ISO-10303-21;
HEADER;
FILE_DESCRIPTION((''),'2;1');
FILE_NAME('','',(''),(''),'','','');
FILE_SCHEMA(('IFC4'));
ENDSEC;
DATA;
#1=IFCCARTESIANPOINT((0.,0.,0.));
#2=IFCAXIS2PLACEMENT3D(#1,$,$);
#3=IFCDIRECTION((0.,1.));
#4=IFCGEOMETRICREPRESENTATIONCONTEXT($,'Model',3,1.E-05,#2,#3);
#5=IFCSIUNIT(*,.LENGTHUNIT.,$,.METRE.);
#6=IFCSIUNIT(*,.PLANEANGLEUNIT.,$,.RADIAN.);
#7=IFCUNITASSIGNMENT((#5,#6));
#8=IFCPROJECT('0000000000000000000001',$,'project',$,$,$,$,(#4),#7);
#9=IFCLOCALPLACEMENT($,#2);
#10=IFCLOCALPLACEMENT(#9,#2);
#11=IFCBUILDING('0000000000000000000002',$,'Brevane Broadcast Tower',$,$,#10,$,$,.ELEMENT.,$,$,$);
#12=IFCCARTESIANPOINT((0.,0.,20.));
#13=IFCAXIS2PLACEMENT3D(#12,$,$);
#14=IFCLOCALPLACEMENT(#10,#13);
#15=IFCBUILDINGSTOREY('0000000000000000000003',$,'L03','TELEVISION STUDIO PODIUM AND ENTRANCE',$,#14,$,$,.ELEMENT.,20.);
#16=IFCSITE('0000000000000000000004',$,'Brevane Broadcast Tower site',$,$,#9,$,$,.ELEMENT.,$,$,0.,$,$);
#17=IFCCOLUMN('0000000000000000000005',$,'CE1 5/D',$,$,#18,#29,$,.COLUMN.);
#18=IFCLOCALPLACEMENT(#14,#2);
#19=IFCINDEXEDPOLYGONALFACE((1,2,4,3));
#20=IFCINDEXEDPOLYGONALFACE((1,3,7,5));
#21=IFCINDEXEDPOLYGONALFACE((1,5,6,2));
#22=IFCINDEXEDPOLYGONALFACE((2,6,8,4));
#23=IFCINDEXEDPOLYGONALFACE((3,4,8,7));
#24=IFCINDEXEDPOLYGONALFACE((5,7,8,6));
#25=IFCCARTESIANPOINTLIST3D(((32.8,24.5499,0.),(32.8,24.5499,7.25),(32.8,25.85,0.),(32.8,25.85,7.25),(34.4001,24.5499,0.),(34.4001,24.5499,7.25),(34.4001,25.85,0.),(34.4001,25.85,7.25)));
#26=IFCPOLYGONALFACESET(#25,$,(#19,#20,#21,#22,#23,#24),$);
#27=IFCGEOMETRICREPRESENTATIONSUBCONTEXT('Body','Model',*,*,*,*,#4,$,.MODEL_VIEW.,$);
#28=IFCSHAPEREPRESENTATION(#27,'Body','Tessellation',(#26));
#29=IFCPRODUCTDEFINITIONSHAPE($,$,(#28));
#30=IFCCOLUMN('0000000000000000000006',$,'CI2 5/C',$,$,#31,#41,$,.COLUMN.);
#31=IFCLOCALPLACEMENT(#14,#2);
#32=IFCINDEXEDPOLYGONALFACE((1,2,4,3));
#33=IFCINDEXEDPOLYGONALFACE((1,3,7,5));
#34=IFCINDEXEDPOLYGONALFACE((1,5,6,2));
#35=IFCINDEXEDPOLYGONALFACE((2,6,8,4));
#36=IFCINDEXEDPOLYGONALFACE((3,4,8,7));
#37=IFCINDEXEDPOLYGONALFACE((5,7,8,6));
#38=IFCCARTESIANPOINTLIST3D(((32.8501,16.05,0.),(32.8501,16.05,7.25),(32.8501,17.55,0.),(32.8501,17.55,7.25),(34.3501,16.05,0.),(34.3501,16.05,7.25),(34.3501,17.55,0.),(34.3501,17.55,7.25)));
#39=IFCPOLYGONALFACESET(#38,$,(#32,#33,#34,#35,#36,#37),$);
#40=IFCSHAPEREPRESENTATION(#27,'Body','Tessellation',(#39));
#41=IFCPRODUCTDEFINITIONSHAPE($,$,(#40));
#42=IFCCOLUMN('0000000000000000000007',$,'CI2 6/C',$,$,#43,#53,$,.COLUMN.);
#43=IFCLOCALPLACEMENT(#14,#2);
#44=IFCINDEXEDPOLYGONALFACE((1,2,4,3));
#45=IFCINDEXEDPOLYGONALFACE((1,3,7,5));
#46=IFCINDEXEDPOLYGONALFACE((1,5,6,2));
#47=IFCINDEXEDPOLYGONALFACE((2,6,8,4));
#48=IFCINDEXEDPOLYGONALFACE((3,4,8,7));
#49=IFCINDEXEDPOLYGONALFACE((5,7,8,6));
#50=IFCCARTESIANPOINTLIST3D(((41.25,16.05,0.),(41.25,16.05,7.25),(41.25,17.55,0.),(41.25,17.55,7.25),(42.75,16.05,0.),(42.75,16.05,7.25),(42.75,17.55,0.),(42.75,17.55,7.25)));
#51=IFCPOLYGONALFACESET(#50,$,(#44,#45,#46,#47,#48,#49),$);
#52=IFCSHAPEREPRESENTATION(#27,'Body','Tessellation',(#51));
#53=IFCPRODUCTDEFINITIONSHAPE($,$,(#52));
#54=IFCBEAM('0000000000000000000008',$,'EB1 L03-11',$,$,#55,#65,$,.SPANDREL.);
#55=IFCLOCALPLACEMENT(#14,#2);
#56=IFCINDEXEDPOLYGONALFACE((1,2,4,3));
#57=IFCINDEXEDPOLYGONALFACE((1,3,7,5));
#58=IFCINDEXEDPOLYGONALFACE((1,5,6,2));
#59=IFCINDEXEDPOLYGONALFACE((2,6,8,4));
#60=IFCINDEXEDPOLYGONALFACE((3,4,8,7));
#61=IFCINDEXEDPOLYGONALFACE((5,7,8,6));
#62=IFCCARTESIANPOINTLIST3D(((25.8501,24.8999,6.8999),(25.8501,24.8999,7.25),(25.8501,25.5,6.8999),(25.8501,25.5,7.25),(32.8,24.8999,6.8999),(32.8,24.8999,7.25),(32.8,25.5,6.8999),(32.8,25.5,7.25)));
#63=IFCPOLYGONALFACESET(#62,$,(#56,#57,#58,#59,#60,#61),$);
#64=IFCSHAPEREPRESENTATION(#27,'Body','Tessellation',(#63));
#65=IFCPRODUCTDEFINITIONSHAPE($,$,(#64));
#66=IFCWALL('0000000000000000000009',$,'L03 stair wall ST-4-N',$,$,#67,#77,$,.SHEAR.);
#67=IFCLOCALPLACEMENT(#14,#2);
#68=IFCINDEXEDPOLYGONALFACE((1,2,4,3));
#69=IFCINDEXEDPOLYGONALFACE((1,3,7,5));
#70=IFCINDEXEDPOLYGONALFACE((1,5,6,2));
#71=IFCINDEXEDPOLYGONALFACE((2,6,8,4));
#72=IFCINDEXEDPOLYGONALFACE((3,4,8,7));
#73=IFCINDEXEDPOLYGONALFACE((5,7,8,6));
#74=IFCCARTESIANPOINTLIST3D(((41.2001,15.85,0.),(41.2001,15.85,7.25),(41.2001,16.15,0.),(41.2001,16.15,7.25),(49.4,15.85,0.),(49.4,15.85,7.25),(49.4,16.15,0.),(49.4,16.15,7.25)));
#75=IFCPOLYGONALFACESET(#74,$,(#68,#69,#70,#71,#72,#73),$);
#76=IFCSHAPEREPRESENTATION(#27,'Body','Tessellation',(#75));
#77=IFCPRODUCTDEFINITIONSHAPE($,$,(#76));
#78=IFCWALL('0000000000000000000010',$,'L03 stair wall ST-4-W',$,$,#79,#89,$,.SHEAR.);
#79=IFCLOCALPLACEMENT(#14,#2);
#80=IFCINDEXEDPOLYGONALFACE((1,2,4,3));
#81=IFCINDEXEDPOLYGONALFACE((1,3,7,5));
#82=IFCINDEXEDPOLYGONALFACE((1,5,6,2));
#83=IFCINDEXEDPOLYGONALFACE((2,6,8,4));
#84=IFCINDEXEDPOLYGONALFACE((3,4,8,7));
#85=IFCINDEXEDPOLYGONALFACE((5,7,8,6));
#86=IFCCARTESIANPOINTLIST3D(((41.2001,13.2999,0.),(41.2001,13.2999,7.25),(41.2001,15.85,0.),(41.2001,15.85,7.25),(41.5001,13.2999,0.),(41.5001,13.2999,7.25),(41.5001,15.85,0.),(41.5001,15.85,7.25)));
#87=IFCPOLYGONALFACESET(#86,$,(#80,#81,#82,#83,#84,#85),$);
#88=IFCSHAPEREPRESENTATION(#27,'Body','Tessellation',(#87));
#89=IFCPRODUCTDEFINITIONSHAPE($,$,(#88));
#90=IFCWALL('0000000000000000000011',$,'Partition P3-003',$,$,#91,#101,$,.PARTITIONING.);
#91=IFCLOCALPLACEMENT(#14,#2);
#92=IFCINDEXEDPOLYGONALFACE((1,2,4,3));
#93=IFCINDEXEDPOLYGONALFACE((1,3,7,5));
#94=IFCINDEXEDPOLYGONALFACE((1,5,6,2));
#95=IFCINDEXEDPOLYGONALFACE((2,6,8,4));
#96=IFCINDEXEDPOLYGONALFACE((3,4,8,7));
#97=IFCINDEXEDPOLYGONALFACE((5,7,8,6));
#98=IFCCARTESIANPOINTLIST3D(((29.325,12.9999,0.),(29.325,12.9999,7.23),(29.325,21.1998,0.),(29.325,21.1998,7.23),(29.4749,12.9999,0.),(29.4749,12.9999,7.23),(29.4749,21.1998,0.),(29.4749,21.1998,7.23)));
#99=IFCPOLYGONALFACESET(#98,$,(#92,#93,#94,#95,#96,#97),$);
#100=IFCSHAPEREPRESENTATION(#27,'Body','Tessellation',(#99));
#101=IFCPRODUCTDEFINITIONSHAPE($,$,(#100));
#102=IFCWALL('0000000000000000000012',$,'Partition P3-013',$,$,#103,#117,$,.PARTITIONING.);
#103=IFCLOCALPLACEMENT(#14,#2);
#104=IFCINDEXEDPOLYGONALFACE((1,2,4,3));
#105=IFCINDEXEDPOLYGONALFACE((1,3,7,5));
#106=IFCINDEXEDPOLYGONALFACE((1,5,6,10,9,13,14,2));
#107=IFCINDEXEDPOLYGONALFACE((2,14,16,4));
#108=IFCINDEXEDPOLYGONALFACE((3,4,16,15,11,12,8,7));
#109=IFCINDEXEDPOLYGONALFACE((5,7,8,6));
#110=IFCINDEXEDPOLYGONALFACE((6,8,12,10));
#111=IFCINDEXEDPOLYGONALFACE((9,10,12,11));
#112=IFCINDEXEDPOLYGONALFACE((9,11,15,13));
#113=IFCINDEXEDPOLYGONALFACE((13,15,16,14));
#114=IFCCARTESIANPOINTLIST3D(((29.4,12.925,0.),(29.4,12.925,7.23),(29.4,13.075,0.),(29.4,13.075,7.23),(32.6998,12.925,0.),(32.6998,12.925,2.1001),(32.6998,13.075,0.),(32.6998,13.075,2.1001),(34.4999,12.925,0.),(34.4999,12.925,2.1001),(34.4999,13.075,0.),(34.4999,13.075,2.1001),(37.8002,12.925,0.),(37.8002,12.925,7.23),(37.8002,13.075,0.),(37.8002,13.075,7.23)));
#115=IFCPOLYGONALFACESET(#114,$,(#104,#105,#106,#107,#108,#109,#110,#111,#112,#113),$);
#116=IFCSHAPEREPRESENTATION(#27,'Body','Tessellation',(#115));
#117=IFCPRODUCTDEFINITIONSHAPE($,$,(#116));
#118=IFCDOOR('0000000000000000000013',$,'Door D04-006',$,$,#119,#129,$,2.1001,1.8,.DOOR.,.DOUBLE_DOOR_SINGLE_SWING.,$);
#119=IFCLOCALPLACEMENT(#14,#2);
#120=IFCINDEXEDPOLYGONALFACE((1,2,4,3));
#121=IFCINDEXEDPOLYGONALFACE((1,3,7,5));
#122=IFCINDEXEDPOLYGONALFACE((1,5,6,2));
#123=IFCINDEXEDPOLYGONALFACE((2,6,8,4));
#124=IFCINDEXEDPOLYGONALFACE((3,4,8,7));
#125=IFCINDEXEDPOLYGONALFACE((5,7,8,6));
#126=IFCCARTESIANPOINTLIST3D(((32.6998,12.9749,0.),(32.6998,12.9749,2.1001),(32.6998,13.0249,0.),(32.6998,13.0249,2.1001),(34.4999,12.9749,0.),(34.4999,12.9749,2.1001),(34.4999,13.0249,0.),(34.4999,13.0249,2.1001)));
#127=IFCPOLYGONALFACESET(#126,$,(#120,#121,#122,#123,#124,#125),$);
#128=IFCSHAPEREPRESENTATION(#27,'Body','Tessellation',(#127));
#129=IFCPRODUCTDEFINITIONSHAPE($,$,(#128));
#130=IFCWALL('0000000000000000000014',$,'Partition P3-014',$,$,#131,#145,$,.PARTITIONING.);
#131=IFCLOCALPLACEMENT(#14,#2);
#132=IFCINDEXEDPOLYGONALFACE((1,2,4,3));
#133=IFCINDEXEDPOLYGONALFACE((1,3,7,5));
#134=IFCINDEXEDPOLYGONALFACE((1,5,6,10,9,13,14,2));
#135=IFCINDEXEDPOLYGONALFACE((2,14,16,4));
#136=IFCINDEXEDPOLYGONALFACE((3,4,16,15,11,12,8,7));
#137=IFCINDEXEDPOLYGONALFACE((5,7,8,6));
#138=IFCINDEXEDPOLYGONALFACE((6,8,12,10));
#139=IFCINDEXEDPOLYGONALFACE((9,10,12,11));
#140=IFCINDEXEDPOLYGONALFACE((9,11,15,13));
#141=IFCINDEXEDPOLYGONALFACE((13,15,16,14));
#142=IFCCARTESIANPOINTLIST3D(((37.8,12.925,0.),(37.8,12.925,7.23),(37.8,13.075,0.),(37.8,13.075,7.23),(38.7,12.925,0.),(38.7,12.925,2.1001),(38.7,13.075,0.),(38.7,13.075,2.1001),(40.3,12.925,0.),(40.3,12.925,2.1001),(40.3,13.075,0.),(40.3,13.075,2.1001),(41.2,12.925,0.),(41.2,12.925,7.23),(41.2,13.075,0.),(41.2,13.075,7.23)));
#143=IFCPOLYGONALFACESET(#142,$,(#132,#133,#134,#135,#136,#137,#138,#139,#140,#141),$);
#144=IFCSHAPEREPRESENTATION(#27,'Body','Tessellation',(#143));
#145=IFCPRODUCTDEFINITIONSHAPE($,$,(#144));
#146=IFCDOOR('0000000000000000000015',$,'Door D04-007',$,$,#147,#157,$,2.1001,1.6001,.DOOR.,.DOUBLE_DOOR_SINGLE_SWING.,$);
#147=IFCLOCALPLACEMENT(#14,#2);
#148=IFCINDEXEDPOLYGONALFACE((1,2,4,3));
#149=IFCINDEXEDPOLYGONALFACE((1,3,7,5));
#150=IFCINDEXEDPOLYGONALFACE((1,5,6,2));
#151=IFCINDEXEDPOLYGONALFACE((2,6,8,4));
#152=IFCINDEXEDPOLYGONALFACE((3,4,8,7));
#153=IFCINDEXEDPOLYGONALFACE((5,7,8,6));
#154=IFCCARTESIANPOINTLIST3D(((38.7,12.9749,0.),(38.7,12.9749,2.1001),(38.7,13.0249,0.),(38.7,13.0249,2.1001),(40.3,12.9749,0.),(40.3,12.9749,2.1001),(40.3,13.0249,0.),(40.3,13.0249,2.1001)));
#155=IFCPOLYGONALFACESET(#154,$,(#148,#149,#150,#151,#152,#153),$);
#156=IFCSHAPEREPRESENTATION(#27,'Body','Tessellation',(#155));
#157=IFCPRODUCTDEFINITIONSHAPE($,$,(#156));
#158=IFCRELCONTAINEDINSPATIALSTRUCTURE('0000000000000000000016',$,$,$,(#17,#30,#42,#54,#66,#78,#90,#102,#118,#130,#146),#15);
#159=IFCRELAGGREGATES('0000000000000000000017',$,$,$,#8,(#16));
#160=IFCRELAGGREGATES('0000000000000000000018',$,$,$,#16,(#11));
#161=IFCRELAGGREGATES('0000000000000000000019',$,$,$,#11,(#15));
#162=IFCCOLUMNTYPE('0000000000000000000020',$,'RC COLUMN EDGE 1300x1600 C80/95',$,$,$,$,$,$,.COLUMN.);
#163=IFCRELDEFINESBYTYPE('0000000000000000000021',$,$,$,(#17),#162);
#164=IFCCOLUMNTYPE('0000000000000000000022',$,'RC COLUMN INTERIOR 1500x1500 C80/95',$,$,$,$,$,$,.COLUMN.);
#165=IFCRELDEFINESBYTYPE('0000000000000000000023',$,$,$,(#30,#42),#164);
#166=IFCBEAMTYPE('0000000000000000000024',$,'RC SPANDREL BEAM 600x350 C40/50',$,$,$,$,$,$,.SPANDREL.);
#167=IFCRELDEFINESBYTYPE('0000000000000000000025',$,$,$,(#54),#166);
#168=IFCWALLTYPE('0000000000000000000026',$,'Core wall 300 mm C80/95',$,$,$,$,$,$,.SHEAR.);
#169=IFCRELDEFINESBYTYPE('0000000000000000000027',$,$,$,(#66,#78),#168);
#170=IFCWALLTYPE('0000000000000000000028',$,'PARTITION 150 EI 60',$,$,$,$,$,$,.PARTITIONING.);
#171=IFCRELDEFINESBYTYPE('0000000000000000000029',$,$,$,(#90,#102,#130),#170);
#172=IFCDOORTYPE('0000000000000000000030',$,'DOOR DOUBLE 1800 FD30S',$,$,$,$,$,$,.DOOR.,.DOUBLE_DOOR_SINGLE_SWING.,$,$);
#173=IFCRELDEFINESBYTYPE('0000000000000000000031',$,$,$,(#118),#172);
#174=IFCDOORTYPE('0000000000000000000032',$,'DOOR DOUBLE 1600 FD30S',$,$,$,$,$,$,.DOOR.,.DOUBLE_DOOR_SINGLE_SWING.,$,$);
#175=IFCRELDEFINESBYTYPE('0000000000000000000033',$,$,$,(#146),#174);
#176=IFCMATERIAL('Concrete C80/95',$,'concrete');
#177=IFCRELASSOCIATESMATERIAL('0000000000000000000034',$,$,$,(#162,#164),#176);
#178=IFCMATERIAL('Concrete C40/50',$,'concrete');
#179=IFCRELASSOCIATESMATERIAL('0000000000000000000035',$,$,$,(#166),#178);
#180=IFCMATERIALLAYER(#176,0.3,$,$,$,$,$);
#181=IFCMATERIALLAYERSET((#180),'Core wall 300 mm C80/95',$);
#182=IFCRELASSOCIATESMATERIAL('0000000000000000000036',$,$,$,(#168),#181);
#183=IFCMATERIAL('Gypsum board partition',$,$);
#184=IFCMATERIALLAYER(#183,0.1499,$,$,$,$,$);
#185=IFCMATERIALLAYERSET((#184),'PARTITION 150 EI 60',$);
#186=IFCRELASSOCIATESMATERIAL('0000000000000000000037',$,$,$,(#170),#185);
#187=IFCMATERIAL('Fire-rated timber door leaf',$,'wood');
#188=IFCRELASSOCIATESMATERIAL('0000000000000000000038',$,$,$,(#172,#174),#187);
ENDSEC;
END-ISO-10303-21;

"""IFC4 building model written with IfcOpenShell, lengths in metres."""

from ifc_helpers import new_model, si_unit, direction, frame, frame_2d, origin, origin_2d, place, context, subcontext, project, spatial, rectangle, extrude, material, layer, layer_set, material_profile, profile_set, type_object, element, fill, save


model = new_model("IFC4")

# Units and contexts
model_context = context("Model", 3, precision=1e-05, world=origin(), true_north=direction((0.0, 1.0)))
body_context = subcontext(model_context, "Body", "Model", "MODEL_VIEW")
ifc_project = project(units=[si_unit("LENGTHUNIT", "METRE"), si_unit("PLANEANGLEUNIT", "RADIAN")], contexts=[model_context])

# Site, building, storey
site_placement = place(None, origin())
site = spatial("IfcSite", under=ifc_project, at=site_placement, Name="Brevane Broadcast Tower site", CompositionType="ELEMENT", RefElevation=0.0)
building_placement = place(site_placement, origin())
building = spatial("IfcBuilding", under=site, at=building_placement, Name="Brevane Broadcast Tower", CompositionType="ELEMENT")
storey_placement = place(building_placement, frame((0.0, 0.0, 20.0)))
storey = spatial("IfcBuildingStorey", under=building, at=storey_placement, Name="L03", Description="TELEVISION STUDIO PODIUM AND ENTRANCE", CompositionType="ELEMENT", Elevation=20.0)

# Columns
ifc_material_1 = material(Name="Concrete C80/95", Category="concrete")
ifc_material_profile_1 = material_profile(ifc_material_1, rectangle(XDim=1.3, YDim=1.6001, at=origin_2d()), Name="RC 1300x1600")
ifc_profile_set_1 = profile_set([ifc_material_profile_1], Name="Concrete C80/95")
column_type_1 = type_object("IfcColumnType", Name="RC COLUMN EDGE 1300x1600 C80/95", PredefinedType="COLUMN", material=ifc_profile_set_1)
column_placement = place(storey_placement, frame((33.6001, 25.2, 0.0), z_axis=(0.0, 0.0, 1.0), x_axis=(0.0, 1.0, 0.0)))
element("IfcColumn", 1, at=column_placement, inside=storey, type_object=column_type_1, Name="CE1 5/D", PredefinedType="COLUMN", context=body_context, shape_type="SweptSolid", body=[
    extrude(rectangle(XDim=1.3, YDim=1.6001, at=origin_2d()), origin(), (0.0, 0.0, 1.0), 7.25),
])
ifc_material_profile_2 = material_profile(ifc_material_1, rectangle(XDim=1.5, YDim=1.5, at=origin_2d()), Name="RC 1500x1500")
ifc_profile_set_2 = profile_set([ifc_material_profile_2], Name="Concrete C80/95")
column_type_2 = type_object("IfcColumnType", Name="RC COLUMN INTERIOR 1500x1500 C80/95", PredefinedType="COLUMN", material=ifc_profile_set_2)
for number, where, z_axis, x_axis, name in (
    (2, (33.6001, 16.8, 0.0), (0.0, 0.0, 1.0), (1.0, 0.0, 0.0), "CI2 5/C"),
    (3, (42.0, 16.8, 0.0), (0.0, 0.0, 1.0), (1.0, 0.0, 0.0), "CI2 6/C"),
):
    element("IfcColumn", number, at=place(storey_placement, frame(where, z_axis=z_axis, x_axis=x_axis)), inside=storey, type_object=column_type_2, Name=name, PredefinedType="COLUMN", context=body_context, shape_type="SweptSolid", body=[
        extrude(rectangle(XDim=1.5, YDim=1.5, at=origin_2d()), origin(), (0.0, 0.0, 1.0), 7.25),
    ])

# Beam
ifc_material_2 = material(Name="Concrete C40/50", Category="concrete")
ifc_material_profile_3 = material_profile(ifc_material_2, rectangle(XDim=0.6001, YDim=0.3501, at=origin_2d()), Name="RC 600x350")
ifc_profile_set_3 = profile_set([ifc_material_profile_3], Name="Concrete C40/50")
beam_type = type_object("IfcBeamType", Name="RC SPANDREL BEAM 600x350 C40/50", PredefinedType="SPANDREL", material=ifc_profile_set_3)
beam_placement = place(storey_placement, frame((32.8, 25.2, 7.075), z_axis=(-1.0, 0.0, 0.0), x_axis=(0.0, -1.0, 0.0)))
element("IfcBeam", 4, at=beam_placement, inside=storey, type_object=beam_type, Name="EB1 L03-11", PredefinedType="SPANDREL", context=body_context, shape_type="SweptSolid", body=[
    extrude(rectangle(XDim=0.6001, YDim=0.3501, at=origin_2d()), origin(), (0.0, 0.0, 1.0), 6.95),
])

# Walls
ifc_layer_1 = layer(ifc_material_1, 0.3)
ifc_layer_set_1 = layer_set([ifc_layer_1], Name="Core wall 300 mm C80/95")
wall_type_1 = type_object("IfcWallType", Name="Core wall 300 mm C80/95", PredefinedType="SHEAR", material=ifc_layer_set_1)
wall_1_placement = place(storey_placement, frame((41.2, 16.0, 0.0), z_axis=(0.0, 0.0, 1.0), x_axis=(1.0, 0.0, 0.0)))
element("IfcWall", 5, at=wall_1_placement, inside=storey, type_object=wall_type_1, Name="L03 stair wall ST-4-N", PredefinedType="SHEAR", context=body_context, shape_type="SweptSolid", body=[
    extrude(rectangle(XDim=8.2, YDim=0.3, at=frame_2d((4.1001, 0.0))), origin(), (0.0, 0.0, 1.0), 7.25),
])
wall_2_placement = place(storey_placement, frame((41.3501, 13.3, 0.0), z_axis=(0.0, 0.0, 1.0), x_axis=(0.0, 1.0, 0.0)))
element("IfcWall", 6, at=wall_2_placement, inside=storey, type_object=wall_type_1, Name="L03 stair wall ST-4-W", PredefinedType="SHEAR", context=body_context, shape_type="SweptSolid", body=[
    extrude(rectangle(XDim=2.55, YDim=0.3, at=frame_2d((1.2749, 0.0))), origin(), (0.0, 0.0, 1.0), 7.25),
])
ifc_material_3 = material(Name="Gypsum board partition")
ifc_layer_2 = layer(ifc_material_3, 0.1499)
ifc_layer_set_2 = layer_set([ifc_layer_2], Name="PARTITION 150 EI 60")
wall_type_2 = type_object("IfcWallType", Name="PARTITION 150 EI 60", PredefinedType="PARTITIONING", material=ifc_layer_set_2)
wall_3_placement = place(storey_placement, frame((29.3999, 21.2, 0.0), z_axis=(0.0, 0.0, 1.0), x_axis=(0.0, -1.0, 0.0)))
element("IfcWall", 7, at=wall_3_placement, inside=storey, type_object=wall_type_2, Name="Partition P3-003", PredefinedType="PARTITIONING", context=body_context, shape_type="SweptSolid", body=[
    extrude(rectangle(XDim=8.2, YDim=0.1499, at=frame_2d((4.1001, 0.0))), origin(), (0.0, 0.0, 1.0), 7.23),
])

# Walls, openings, doors
wall_4_placement = place(storey_placement, frame((29.3999, 13.0, 0.0), z_axis=(0.0, 0.0, 1.0), x_axis=(1.0, 0.0, 0.0)))
wall_4 = element("IfcWall", 8, at=wall_4_placement, inside=storey, type_object=wall_type_2, Name="Partition P3-013", PredefinedType="PARTITIONING", context=body_context, shape_type="SweptSolid", body=[
    extrude(rectangle(XDim=8.4001, YDim=0.1499, at=frame_2d((4.2002, 0.0))), origin(), (0.0, 0.0, 1.0), 7.23),
])
opening_1_placement = place(wall_4_placement, frame((3.3, 0.0, 0.0)))
opening_1 = element("IfcOpeningElement", 9, at=opening_1_placement, cuts=wall_4, PredefinedType="OPENING", context=body_context, shape_type="SweptSolid", body=[
    extrude(rectangle(XDim=1.8, YDim=2.1001, at=frame_2d((0.8999, 1.05))), frame((0.0, 0.085, 0.0), z_axis=(0.0, -1.0, 0.0), x_axis=(1.0, 0.0, 0.0)), (0.0, 0.0, 1.0), 0.1699),
])
ifc_material_4 = material(Name="Fire-rated timber door leaf", Category="wood")
door_type_1 = type_object("IfcDoorType", Name="DOOR DOUBLE 1800 FD30S", OperationType="DOUBLE_DOOR_SINGLE_SWING", PredefinedType="DOOR", material=ifc_material_4)
door_1_placement = place(opening_1_placement, origin())
door_1 = element("IfcDoor", 10, at=door_1_placement, inside=storey, type_object=door_type_1, Name="Door D04-006", OperationType="DOUBLE_DOOR_SINGLE_SWING", OverallHeight=2.1001, OverallWidth=1.8, PredefinedType="DOOR", context=body_context, shape_type="SweptSolid", body=[
    extrude(rectangle(XDim=1.8, YDim=2.1001, at=frame_2d((0.8999, 1.05))), frame((0.0, 0.0249, 0.0), z_axis=(0.0, -1.0, 0.0), x_axis=(1.0, 0.0, 0.0)), (0.0, 0.0, 1.0), 0.05),
])
fill(opening_1, door_1)
wall_5_placement = place(storey_placement, frame((37.8, 13.0, 0.0), z_axis=(0.0, 0.0, 1.0), x_axis=(1.0, 0.0, 0.0)))
wall_5 = element("IfcWall", 11, at=wall_5_placement, inside=storey, type_object=wall_type_2, Name="Partition P3-014", PredefinedType="PARTITIONING", context=body_context, shape_type="SweptSolid", body=[
    extrude(rectangle(XDim=3.3999, YDim=0.1499, at=frame_2d((1.7, 0.0))), origin(), (0.0, 0.0, 1.0), 7.23),
])
opening_2_placement = place(wall_5_placement, frame((0.8999, 0.0, 0.0)))
opening_2 = element("IfcOpeningElement", 12, at=opening_2_placement, cuts=wall_5, PredefinedType="OPENING", context=body_context, shape_type="SweptSolid", body=[
    extrude(rectangle(XDim=1.6001, YDim=2.1001, at=frame_2d((0.8, 1.05))), frame((0.0, 0.085, 0.0), z_axis=(0.0, -1.0, 0.0), x_axis=(1.0, 0.0, 0.0)), (0.0, 0.0, 1.0), 0.1699),
])
door_type_2 = type_object("IfcDoorType", Name="DOOR DOUBLE 1600 FD30S", OperationType="DOUBLE_DOOR_SINGLE_SWING", PredefinedType="DOOR", material=ifc_material_4)
door_2_placement = place(opening_2_placement, origin())
door_2 = element("IfcDoor", 13, at=door_2_placement, inside=storey, type_object=door_type_2, Name="Door D04-007", OperationType="DOUBLE_DOOR_SINGLE_SWING", OverallHeight=2.1001, OverallWidth=1.6001, PredefinedType="DOOR", context=body_context, shape_type="SweptSolid", body=[
    extrude(rectangle(XDim=1.6001, YDim=2.1001, at=frame_2d((0.8, 1.05))), frame((0.0, 0.0249, 0.0), z_axis=(0.0, -1.0, 0.0), x_axis=(1.0, 0.0, 0.0)), (0.0, 0.0, 1.0), 0.05),
])
fill(opening_2, door_2)

save(model, "model.ifc")
